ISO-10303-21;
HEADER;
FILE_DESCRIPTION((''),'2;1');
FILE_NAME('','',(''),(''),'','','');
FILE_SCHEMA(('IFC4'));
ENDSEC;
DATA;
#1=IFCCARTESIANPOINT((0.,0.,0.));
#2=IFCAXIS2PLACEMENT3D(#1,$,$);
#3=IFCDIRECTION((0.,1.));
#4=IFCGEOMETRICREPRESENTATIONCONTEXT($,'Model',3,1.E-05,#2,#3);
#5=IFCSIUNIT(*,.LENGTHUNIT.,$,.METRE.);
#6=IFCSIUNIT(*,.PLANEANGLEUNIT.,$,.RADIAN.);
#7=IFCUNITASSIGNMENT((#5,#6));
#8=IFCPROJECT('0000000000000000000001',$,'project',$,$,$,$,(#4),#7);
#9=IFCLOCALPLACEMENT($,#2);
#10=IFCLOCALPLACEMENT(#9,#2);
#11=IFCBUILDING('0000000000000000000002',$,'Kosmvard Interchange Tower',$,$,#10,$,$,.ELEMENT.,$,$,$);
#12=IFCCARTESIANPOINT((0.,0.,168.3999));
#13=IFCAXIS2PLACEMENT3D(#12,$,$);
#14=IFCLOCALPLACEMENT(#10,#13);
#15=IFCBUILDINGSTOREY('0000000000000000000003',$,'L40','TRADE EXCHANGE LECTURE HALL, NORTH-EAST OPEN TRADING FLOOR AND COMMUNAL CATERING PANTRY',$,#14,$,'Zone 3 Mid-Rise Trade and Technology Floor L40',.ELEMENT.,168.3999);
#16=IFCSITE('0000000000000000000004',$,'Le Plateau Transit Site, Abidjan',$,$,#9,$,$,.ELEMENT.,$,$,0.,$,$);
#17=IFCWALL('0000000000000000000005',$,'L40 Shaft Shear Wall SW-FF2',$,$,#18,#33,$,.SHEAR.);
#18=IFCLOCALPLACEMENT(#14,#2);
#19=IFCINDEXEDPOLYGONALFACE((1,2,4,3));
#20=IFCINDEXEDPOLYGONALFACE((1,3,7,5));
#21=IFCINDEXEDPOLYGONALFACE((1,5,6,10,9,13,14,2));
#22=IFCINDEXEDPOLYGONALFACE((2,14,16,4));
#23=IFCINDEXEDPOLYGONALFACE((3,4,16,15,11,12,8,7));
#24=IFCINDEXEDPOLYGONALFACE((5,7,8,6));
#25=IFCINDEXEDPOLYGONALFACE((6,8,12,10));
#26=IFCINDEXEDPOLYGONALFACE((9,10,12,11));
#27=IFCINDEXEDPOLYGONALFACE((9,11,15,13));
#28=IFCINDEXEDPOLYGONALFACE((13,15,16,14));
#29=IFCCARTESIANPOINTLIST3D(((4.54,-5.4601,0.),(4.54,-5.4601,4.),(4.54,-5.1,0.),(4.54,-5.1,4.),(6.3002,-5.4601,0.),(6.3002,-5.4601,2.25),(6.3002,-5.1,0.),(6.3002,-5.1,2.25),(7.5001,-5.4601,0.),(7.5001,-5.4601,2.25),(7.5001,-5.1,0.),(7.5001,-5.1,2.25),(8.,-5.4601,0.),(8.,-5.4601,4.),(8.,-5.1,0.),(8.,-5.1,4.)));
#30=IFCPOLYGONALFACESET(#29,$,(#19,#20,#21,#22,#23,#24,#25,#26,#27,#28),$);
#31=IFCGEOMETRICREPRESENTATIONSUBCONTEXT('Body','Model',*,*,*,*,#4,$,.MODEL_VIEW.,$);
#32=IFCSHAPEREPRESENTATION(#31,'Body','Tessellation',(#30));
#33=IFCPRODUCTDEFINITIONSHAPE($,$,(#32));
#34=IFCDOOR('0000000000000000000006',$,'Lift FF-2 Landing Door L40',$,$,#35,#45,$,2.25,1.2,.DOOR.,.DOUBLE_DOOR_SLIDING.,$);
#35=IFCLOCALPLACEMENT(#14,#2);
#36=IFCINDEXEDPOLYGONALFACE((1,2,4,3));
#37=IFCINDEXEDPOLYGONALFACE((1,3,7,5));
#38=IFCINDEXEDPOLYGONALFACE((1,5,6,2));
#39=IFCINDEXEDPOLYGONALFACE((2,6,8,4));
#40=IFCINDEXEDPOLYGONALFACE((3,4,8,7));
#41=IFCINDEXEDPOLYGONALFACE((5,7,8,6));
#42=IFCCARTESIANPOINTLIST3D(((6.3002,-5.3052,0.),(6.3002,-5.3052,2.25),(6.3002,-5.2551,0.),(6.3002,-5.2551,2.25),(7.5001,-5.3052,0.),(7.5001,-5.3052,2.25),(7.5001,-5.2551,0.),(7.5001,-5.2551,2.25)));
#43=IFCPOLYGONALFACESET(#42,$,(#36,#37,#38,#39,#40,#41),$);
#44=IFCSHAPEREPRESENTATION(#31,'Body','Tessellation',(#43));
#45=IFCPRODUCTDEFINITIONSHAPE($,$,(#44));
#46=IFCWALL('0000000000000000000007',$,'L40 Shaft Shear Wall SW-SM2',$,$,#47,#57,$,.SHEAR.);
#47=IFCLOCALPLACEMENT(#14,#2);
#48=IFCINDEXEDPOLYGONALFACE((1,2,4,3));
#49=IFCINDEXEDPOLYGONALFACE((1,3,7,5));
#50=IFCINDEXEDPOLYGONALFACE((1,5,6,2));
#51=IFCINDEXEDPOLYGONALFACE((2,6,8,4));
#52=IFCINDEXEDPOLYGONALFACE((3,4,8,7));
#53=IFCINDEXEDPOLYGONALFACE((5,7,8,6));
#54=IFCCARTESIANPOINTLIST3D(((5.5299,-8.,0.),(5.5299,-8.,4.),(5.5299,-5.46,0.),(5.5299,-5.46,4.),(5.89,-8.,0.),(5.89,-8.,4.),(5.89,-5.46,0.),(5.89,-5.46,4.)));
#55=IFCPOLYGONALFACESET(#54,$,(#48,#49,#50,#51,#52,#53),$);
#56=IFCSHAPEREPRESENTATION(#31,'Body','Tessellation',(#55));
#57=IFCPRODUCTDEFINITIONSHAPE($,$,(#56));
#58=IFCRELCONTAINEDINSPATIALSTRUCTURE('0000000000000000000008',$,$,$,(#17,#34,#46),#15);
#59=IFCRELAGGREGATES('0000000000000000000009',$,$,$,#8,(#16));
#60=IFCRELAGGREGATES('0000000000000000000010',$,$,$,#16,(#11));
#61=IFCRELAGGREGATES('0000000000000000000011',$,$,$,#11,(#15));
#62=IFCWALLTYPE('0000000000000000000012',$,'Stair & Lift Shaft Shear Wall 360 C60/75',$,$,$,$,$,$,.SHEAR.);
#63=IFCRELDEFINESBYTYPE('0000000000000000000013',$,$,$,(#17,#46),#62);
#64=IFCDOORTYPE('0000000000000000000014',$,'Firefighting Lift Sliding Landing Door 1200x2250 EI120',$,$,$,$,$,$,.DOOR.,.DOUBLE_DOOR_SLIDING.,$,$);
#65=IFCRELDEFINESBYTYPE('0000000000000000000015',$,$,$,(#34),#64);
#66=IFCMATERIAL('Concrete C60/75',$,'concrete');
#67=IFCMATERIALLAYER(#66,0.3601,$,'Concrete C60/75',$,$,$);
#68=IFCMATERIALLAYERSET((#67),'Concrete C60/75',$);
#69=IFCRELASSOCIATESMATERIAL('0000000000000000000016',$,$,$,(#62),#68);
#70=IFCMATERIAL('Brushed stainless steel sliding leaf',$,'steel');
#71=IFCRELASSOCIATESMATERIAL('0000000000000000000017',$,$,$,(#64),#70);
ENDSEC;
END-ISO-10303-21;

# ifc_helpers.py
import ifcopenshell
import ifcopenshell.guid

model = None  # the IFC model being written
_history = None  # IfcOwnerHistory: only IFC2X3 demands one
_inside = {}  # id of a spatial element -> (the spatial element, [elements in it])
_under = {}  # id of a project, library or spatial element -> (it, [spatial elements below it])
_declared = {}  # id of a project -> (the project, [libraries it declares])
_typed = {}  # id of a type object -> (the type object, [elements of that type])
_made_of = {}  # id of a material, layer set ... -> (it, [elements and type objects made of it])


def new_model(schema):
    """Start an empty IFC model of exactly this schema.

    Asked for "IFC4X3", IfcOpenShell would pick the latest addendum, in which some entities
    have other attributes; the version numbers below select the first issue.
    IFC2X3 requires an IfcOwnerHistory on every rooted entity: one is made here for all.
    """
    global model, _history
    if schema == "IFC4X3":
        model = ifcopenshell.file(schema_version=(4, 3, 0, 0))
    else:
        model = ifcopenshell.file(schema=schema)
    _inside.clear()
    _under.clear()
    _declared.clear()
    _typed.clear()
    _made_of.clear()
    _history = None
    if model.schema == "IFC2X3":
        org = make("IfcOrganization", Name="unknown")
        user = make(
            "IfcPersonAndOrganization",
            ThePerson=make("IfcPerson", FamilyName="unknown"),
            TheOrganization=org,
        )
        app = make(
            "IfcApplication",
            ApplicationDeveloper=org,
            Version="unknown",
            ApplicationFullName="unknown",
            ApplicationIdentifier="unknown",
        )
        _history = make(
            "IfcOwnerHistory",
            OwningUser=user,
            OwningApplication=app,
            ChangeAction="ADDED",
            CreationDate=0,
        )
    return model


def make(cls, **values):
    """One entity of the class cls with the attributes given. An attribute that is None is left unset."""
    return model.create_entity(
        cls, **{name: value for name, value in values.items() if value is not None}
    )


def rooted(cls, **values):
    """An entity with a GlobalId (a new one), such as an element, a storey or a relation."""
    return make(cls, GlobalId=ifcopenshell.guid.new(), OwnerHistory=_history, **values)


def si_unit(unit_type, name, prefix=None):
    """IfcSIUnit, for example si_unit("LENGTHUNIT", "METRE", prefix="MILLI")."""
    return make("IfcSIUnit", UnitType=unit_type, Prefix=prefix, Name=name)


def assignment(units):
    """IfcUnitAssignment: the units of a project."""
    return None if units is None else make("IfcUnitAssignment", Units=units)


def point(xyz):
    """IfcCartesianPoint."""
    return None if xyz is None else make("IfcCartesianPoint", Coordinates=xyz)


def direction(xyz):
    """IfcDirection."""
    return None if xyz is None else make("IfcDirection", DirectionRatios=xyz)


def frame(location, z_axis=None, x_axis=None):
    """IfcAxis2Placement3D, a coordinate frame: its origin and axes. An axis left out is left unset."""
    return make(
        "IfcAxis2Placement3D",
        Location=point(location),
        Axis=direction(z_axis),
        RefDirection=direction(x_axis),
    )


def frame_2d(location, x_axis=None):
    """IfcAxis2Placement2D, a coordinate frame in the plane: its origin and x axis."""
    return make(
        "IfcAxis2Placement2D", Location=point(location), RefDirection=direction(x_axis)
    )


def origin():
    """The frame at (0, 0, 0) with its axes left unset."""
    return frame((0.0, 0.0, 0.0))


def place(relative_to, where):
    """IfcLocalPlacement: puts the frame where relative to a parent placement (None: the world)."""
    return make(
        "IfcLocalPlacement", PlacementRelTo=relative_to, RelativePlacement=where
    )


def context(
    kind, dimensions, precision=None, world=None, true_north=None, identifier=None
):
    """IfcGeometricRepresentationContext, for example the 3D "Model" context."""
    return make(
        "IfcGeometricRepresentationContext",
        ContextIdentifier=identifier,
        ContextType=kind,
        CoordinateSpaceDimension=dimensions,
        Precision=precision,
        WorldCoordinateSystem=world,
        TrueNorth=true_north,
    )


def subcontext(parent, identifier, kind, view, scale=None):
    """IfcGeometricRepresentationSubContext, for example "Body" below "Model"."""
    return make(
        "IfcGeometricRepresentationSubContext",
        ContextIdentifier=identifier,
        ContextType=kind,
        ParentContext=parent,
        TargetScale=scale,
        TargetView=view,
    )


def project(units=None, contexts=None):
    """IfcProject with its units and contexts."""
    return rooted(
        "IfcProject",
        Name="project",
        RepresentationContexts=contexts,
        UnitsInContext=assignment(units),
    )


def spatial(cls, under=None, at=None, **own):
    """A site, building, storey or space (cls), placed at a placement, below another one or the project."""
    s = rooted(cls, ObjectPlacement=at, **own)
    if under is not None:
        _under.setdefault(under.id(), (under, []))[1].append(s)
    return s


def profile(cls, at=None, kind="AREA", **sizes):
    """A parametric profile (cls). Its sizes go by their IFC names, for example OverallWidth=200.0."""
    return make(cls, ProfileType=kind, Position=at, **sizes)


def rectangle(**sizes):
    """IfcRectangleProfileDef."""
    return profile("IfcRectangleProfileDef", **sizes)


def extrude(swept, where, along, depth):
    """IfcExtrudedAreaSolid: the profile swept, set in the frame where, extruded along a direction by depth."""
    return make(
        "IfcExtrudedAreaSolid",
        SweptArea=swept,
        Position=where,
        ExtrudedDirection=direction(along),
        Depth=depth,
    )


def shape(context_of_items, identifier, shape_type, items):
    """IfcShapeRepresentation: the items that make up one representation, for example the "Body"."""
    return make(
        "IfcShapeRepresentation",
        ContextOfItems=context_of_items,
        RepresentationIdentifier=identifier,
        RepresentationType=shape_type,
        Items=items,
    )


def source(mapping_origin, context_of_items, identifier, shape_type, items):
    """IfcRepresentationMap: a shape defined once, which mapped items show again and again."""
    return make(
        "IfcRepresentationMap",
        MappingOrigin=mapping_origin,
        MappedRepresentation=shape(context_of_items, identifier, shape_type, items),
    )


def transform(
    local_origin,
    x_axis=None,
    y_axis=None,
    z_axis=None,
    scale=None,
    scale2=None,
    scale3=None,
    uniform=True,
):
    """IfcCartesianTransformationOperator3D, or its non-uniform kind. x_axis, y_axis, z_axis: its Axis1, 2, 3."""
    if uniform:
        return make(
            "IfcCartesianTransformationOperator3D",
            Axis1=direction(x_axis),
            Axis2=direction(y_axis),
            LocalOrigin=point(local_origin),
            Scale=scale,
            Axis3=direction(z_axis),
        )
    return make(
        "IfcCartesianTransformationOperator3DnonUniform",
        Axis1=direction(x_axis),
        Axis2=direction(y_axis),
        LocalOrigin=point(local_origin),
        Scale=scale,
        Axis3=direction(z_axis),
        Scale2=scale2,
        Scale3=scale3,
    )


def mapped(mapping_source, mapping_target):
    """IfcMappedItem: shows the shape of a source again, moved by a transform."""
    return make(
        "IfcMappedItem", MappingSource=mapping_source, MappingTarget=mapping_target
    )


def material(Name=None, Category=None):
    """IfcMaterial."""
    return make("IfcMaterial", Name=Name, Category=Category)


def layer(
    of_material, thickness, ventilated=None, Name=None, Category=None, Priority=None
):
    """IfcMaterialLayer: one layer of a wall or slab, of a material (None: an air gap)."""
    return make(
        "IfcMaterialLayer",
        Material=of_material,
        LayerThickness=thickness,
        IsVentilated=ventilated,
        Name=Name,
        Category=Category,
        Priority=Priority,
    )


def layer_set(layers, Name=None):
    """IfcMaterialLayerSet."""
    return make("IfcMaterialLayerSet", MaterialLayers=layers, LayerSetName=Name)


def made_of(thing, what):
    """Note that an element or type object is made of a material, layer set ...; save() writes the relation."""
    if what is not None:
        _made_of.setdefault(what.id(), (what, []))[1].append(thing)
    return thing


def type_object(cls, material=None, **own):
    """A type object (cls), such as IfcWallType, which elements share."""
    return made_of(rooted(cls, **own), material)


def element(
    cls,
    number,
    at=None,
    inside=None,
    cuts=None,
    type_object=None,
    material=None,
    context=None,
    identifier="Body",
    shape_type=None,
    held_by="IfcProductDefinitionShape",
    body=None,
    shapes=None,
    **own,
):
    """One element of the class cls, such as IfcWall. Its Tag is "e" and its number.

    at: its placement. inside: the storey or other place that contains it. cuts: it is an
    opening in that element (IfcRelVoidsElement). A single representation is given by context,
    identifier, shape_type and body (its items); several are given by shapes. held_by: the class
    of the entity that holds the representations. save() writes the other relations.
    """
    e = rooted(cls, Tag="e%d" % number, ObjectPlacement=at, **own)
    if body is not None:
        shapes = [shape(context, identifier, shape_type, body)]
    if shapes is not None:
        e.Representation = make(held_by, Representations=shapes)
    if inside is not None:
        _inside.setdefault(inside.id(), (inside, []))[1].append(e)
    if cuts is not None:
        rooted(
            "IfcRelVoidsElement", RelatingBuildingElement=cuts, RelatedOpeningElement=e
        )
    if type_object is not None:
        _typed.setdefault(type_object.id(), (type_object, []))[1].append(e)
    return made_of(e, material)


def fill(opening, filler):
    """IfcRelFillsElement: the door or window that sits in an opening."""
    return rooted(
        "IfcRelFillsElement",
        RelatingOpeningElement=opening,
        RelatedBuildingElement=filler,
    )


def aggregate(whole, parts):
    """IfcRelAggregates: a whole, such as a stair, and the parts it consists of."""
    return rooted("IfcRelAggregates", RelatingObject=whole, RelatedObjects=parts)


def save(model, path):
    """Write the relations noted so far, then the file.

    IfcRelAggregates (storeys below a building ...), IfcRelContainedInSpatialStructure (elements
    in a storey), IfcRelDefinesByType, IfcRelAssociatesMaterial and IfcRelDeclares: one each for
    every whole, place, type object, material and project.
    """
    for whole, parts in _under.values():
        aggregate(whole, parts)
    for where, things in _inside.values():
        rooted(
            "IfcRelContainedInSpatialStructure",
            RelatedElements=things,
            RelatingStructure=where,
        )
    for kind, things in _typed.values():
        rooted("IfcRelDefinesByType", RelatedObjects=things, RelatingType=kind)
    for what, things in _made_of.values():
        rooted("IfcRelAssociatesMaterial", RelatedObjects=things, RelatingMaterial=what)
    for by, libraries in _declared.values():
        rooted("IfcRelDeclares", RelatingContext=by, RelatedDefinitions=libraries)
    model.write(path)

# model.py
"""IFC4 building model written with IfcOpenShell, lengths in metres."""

from ifc_helpers import new_model, si_unit, direction, frame, frame_2d, origin, place, context, subcontext, project, spatial, rectangle, extrude, source, transform, mapped, material, layer, layer_set, type_object, element, fill, save


model = new_model("IFC4")

# Units and contexts
model_context = context("Model", 3, precision=1e-05, world=origin(), true_north=direction((0.0, 1.0)))
body_context = subcontext(model_context, "Body", "Model", "MODEL_VIEW")
ifc_project = project(units=[si_unit("LENGTHUNIT", "METRE"), si_unit("PLANEANGLEUNIT", "RADIAN")], contexts=[model_context])

# Site, building, storey
site_placement = place(None, origin())
site = spatial("IfcSite", under=ifc_project, at=site_placement, Name="Le Plateau Transit Site, Abidjan", CompositionType="ELEMENT", RefElevation=0.0)
building_placement = place(site_placement, origin())
building = spatial("IfcBuilding", under=site, at=building_placement, Name="Kosmvard Interchange Tower", CompositionType="ELEMENT")
storey_placement = place(building_placement, frame((0.0, 0.0, 168.3999)))
storey = spatial("IfcBuildingStorey", under=building, at=storey_placement, Name="L40", Description="TRADE EXCHANGE LECTURE HALL, NORTH-EAST OPEN TRADING FLOOR AND COMMUNAL CATERING PANTRY", LongName="Zone 3 Mid-Rise Trade and Technology Floor L40", CompositionType="ELEMENT", Elevation=168.3999)

# Shared definitions
ifc_material_1 = material(Name="Brushed stainless steel sliding leaf", Category="steel")

# Wall, opening, door
ifc_material_2 = material(Name="Concrete C60/75", Category="concrete")
ifc_layer_1 = layer(ifc_material_2, 0.3601, Name="Concrete C60/75")
ifc_layer_set_1 = layer_set([ifc_layer_1], Name="Concrete C60/75")
wall_type_1 = type_object("IfcWallType", Name="Stair & Lift Shaft Shear Wall 360 C60/75", PredefinedType="SHEAR", material=ifc_layer_set_1)
wall_1_placement = place(storey_placement, frame((4.54, -5.28, 0.0), z_axis=(0.0, 0.0, 1.0), x_axis=(1.0, 0.0, 0.0)))
wall_1 = element("IfcWall", 1, at=wall_1_placement, inside=storey, type_object=wall_type_1, Name="L40 Shaft Shear Wall SW-FF2", PredefinedType="SHEAR", context=body_context, shape_type="SweptSolid", body=[
    extrude(rectangle(XDim=3.46, YDim=0.3601, at=frame_2d((1.73, 0.0))), origin(), (0.0, 0.0, 1.0), 4.0),
])
opening_1_placement = place(wall_1_placement, frame((1.76, 0.0, 0.0)))
opening_1 = element("IfcOpeningElement", 2, at=opening_1_placement, cuts=wall_1, PredefinedType="OPENING", context=body_context, shape_type="SweptSolid", body=[
    extrude(rectangle(XDim=1.2, YDim=2.25, at=frame_2d((0.6001, 1.125))), frame((0.0, 0.1899, 0.0), z_axis=(0.0, -1.0, 0.0), x_axis=(1.0, 0.0, 0.0)), (0.0, 0.0, 1.0), 0.3801),
])
door_type_1 = type_object("IfcDoorType", Name="Firefighting Lift Sliding Landing Door 1200x2250 EI120", OperationType="DOUBLE_DOOR_SLIDING", PredefinedType="DOOR", material=ifc_material_1)
shared_shape_1 = source(origin(), body_context, "Body", "SweptSolid", [
    extrude(rectangle(XDim=1.2, YDim=2.25, at=frame_2d((0.6001, 1.125))), frame((0.0, 0.0249, 0.0), z_axis=(0.0, -1.0, 0.0), x_axis=(1.0, 0.0, 0.0)), (0.0, 0.0, 1.0), 0.05),
])
door_1_placement = place(opening_1_placement, origin())
door_1 = element("IfcDoor", 3, at=door_1_placement, inside=storey, type_object=door_type_1, Name="Lift FF-2 Landing Door L40", OperationType="DOUBLE_DOOR_SLIDING", OverallHeight=2.25, OverallWidth=1.2, PredefinedType="DOOR", context=body_context, shape_type="MappedRepresentation", body=[
    mapped(shared_shape_1, transform((0.0, 0.0, 0.0), scale=1.0)),
])
fill(opening_1, door_1)

# Wall
wall_2_placement = place(storey_placement, frame((5.71, -8.0, 0.0), z_axis=(0.0, 0.0, 1.0), x_axis=(0.0, 1.0, 0.0)))
element("IfcWall", 4, at=wall_2_placement, inside=storey, type_object=wall_type_1, Name="L40 Shaft Shear Wall SW-SM2", PredefinedType="SHEAR", context=body_context, shape_type="SweptSolid", body=[
    extrude(rectangle(XDim=2.54, YDim=0.3601, at=frame_2d((1.27, 0.0))), origin(), (0.0, 0.0, 1.0), 4.0),
])

save(model, "model.ifc")
